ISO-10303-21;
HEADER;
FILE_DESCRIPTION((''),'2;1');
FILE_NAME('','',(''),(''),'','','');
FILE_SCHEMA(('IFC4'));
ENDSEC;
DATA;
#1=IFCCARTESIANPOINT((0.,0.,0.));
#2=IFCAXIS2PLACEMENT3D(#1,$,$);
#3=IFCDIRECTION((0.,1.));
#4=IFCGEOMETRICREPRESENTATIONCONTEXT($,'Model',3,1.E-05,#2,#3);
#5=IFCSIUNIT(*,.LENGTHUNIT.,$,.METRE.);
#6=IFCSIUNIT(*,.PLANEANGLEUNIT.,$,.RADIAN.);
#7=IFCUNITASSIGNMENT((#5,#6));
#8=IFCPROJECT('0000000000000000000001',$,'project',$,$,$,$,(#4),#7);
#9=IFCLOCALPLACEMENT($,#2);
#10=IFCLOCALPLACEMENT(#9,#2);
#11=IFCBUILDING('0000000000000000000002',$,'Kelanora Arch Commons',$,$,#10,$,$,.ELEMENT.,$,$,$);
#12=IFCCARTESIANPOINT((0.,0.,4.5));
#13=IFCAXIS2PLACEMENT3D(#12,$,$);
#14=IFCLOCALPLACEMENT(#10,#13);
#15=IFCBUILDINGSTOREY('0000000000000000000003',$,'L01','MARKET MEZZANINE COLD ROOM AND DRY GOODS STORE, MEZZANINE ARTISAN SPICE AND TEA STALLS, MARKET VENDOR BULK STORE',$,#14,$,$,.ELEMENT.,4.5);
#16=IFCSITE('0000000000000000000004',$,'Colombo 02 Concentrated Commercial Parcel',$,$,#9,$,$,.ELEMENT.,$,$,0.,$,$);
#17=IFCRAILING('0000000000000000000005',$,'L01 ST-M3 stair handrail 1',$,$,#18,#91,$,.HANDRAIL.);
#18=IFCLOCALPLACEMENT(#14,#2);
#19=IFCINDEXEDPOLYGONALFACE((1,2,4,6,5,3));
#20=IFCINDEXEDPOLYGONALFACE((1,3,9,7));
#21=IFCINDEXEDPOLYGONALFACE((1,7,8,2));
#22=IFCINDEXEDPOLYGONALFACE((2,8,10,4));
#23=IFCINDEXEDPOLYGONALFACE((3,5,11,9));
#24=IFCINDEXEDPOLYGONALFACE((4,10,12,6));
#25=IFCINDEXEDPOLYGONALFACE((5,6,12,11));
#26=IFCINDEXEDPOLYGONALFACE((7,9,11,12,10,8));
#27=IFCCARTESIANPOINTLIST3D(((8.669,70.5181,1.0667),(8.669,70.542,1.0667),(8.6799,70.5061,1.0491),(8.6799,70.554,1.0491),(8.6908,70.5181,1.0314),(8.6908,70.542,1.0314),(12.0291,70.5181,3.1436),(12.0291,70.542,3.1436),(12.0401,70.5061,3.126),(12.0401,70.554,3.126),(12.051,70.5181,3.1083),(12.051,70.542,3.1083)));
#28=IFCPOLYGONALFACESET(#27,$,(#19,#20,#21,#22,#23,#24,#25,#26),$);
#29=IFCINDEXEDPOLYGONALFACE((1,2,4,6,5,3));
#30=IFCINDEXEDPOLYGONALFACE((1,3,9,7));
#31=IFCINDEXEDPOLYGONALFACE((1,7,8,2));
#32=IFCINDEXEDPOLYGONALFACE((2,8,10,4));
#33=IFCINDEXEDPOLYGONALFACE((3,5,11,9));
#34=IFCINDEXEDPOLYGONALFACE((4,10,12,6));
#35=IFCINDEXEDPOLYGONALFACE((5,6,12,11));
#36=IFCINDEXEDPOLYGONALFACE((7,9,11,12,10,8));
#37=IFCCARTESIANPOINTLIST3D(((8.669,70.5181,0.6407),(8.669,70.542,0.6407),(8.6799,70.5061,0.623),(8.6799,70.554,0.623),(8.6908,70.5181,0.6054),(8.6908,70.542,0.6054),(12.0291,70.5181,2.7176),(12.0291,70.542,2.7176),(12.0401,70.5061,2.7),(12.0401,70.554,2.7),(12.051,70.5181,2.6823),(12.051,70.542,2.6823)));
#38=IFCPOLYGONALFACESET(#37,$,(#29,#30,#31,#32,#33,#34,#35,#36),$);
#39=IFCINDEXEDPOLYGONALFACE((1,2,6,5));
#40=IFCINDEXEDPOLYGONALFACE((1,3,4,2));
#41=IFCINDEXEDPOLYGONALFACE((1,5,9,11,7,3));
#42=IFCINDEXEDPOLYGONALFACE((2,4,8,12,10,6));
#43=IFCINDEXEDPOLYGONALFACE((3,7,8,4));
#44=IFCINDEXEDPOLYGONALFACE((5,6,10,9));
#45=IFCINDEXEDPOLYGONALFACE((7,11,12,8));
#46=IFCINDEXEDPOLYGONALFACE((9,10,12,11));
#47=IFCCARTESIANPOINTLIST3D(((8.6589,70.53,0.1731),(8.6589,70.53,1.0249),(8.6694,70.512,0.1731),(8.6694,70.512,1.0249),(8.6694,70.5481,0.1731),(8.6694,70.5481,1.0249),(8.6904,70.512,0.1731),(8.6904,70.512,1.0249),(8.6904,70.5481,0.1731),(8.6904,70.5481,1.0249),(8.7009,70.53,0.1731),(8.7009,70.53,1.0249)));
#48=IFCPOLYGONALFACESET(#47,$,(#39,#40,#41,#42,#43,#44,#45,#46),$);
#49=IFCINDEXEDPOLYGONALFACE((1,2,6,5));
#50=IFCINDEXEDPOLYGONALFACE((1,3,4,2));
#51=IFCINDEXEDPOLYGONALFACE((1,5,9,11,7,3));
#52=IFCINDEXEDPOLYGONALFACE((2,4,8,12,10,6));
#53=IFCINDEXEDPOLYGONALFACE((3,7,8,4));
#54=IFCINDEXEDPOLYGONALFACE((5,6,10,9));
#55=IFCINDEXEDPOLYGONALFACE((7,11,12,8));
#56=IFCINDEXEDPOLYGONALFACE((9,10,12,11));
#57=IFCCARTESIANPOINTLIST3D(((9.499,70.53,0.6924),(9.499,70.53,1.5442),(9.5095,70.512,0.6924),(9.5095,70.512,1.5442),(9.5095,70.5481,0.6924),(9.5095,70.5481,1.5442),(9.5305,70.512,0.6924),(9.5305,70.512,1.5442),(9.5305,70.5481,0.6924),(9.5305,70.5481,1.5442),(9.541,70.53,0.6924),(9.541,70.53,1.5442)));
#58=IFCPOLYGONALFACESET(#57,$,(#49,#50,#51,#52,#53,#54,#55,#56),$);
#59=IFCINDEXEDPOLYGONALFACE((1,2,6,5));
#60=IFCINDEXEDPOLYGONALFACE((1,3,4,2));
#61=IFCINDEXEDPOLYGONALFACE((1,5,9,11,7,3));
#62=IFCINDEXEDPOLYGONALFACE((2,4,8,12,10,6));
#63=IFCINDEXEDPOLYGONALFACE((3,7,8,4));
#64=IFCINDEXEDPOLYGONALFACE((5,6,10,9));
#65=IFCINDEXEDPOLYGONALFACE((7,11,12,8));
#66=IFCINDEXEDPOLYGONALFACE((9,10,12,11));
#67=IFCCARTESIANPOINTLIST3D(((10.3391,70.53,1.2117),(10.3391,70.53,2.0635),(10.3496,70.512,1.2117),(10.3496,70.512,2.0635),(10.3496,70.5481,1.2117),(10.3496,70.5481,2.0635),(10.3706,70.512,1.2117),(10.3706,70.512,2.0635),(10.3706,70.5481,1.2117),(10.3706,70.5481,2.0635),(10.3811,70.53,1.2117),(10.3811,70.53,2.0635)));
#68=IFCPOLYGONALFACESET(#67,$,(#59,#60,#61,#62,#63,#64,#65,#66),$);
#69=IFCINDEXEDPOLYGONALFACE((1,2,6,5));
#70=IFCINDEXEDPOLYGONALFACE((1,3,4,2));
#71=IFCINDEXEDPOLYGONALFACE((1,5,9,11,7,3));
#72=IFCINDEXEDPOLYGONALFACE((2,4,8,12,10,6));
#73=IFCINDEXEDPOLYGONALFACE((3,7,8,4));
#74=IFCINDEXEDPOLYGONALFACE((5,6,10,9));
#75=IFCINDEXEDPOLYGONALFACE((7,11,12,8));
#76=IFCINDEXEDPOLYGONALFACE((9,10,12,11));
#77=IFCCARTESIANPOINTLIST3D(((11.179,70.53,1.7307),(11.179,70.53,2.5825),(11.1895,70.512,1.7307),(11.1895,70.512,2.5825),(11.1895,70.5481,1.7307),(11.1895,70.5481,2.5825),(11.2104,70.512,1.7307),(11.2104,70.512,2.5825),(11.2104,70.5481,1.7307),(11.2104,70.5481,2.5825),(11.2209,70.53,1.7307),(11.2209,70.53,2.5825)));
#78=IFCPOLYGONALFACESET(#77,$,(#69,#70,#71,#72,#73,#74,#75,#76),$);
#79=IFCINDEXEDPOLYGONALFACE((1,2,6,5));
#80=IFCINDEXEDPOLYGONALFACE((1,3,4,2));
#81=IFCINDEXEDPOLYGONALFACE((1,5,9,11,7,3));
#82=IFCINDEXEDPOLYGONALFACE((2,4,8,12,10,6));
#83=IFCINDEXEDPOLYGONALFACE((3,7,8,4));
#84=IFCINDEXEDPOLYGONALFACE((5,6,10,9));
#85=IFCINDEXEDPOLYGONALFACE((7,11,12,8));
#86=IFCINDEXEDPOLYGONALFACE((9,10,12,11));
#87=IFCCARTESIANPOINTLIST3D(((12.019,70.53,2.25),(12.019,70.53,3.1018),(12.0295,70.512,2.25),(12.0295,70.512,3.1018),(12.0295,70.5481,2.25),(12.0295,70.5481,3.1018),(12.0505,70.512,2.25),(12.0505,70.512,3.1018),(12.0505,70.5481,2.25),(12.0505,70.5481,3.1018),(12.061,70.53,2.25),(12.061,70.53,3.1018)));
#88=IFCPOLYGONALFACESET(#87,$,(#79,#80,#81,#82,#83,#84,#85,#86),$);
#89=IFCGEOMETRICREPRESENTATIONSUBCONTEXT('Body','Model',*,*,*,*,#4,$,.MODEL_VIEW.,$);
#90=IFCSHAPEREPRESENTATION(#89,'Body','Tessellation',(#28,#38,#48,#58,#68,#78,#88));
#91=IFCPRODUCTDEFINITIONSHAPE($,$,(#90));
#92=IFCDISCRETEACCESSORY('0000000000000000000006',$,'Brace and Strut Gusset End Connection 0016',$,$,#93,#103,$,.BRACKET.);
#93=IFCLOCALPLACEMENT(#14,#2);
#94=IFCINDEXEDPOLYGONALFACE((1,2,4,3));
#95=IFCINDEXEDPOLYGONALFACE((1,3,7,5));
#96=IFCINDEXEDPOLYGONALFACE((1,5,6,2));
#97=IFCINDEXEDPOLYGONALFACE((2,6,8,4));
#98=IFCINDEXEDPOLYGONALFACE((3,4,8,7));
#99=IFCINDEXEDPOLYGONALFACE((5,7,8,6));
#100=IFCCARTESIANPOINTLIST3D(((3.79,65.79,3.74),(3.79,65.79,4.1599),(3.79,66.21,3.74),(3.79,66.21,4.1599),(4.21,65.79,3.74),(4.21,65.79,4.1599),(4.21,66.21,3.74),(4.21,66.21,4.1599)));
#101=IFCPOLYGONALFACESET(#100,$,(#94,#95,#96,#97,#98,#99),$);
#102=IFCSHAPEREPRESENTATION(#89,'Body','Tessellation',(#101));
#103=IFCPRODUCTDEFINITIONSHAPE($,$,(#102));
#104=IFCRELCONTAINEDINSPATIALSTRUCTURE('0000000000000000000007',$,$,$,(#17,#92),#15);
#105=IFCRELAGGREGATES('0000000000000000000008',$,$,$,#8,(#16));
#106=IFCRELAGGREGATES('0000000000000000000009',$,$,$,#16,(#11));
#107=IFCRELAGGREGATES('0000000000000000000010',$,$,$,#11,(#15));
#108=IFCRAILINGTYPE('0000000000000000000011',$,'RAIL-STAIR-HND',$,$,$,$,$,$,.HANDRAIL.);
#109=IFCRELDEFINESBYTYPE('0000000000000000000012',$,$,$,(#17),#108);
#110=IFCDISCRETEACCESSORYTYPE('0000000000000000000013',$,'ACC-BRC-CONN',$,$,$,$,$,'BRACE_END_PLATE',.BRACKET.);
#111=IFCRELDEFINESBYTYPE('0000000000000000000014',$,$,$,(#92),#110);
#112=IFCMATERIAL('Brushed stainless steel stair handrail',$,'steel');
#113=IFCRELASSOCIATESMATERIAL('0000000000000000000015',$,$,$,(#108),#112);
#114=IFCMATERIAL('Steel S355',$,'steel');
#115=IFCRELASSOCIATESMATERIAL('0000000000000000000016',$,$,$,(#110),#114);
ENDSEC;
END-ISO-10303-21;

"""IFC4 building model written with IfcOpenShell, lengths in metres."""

from ifc_helpers import new_model, si_unit, direction, frame, origin, origin_2d, place, context, subcontext, project, spatial, polyline, rectangle, outline, extrude, source, transform, mapped, material, type_object, element, save


model = new_model("IFC4")

# Units and contexts
model_context = context("Model", 3, precision=1e-05, world=origin(), true_north=direction((0.0, 1.0)))
body_context = subcontext(model_context, "Body", "Model", "MODEL_VIEW")
ifc_project = project(units=[si_unit("LENGTHUNIT", "METRE"), si_unit("PLANEANGLEUNIT", "RADIAN")], contexts=[model_context])

# Site, building, storey
site_placement = place(None, origin())
site = spatial("IfcSite", under=ifc_project, at=site_placement, Name="Colombo 02 Concentrated Commercial Parcel", CompositionType="ELEMENT", RefElevation=0.0)
building_placement = place(site_placement, origin())
building = spatial("IfcBuilding", under=site, at=building_placement, Name="Kelanora Arch Commons", CompositionType="ELEMENT")
storey_placement = place(building_placement, frame((0.0, 0.0, 4.5)))
storey = spatial("IfcBuildingStorey", under=building, at=storey_placement, Name="L01", Description="MARKET MEZZANINE COLD ROOM AND DRY GOODS STORE, MEZZANINE ARTISAN SPICE AND TEA STALLS, MARKET VENDOR BULK STORE", CompositionType="ELEMENT", Elevation=4.5)

# Railing
ifc_material_1 = material(Name="Brushed stainless steel stair handrail", Category="steel")
railing_type_1 = type_object("IfcRailingType", Name="RAIL-STAIR-HND", PredefinedType="HANDRAIL", material=ifc_material_1)
railing_1_placement = place(storey_placement, frame((8.6799, 70.53, 0.1731)))
element("IfcRailing", 1, at=railing_1_placement, inside=storey, type_object=railing_type_1, Name="L01 ST-M3 stair handrail 1", PredefinedType="HANDRAIL", context=body_context, shape_type="SweptSolid", body=[
    extrude(outline(polyline([(0.0239, 0.0), (0.012, 0.0208), (-0.012, 0.0208), (-0.0239, 0.0), (-0.012, -0.0208), (0.012, -0.0208), (0.0239, 0.0)])), frame((0.0, 0.0, 0.876), z_axis=(0.850623, 0.0, 0.525776), x_axis=(0.0, 1.0, 0.0)), (0.0, 0.0, 1.0), 3.9502),
    extrude(outline(polyline([(0.0239, 0.0), (0.012, 0.0208), (-0.012, 0.0208), (-0.0239, 0.0), (-0.012, -0.0208), (0.012, -0.0208), (0.0239, 0.0)])), frame((0.0, 0.0, 0.45), z_axis=(0.850623, 0.0, 0.525776), x_axis=(0.0, 1.0, 0.0)), (0.0, 0.0, 1.0), 3.9502),
    extrude(outline(polyline([(0.021, 0.0), (0.0105, 0.0181), (-0.0105, 0.0181), (-0.021, 0.0), (-0.0105, -0.0181), (0.0105, -0.0181), (0.021, 0.0)])), origin(), (0.0, 0.0, 1.0), 0.8518),
    extrude(outline(polyline([(0.021, 0.0), (0.0105, 0.0181), (-0.0105, 0.0181), (-0.021, 0.0), (-0.0105, -0.0181), (0.0105, -0.0181), (0.021, 0.0)])), frame((0.8401, 0.0, 0.5193)), (0.0, 0.0, 1.0), 0.8518),
    extrude(outline(polyline([(0.021, 0.0), (0.0105, 0.0181), (-0.0105, 0.0181), (-0.021, 0.0), (-0.0105, -0.0181), (0.0105, -0.0181), (0.021, 0.0)])), frame((1.6802, 0.0, 1.0386)), (0.0, 0.0, 1.0), 0.8518),
    extrude(outline(polyline([(0.021, 0.0), (0.0105, 0.0181), (-0.0105, 0.0181), (-0.021, 0.0), (-0.0105, -0.0181), (0.0105, -0.0181), (0.021, 0.0)])), frame((2.52, 0.0, 1.5576)), (0.0, 0.0, 1.0), 0.8518),
    extrude(outline(polyline([(0.021, 0.0), (0.0105, 0.0181), (-0.0105, 0.0181), (-0.021, 0.0), (-0.0105, -0.0181), (0.0105, -0.0181), (0.021, 0.0)])), frame((3.3601, 0.0, 2.0769)), (0.0, 0.0, 1.0), 0.8518),
])

# Discrete accessory
ifc_material_2 = material(Name="Steel S355", Category="steel")
discrete_accessory_type = type_object("IfcDiscreteAccessoryType", Name="ACC-BRC-CONN", ElementType="BRACE_END_PLATE", PredefinedType="BRACKET", material=ifc_material_2)
shared_shape = source(origin(), body_context, "Body", "SweptSolid", [
    extrude(rectangle(XDim=0.4199, YDim=0.4199, at=origin_2d()), origin(), (0.0, 0.0, 1.0), 0.4199),
])
discrete_accessory_placement = place(storey_placement, frame((4.0, 66.0, 3.74), z_axis=(0.0, 0.0, 1.0), x_axis=(0.0, 1.0, 0.0)))
element("IfcDiscreteAccessory", 2, at=discrete_accessory_placement, inside=storey, type_object=discrete_accessory_type, Name="Brace and Strut Gusset End Connection 0016", PredefinedType="BRACKET", context=body_context, shape_type="MappedRepresentation", body=[
    mapped(shared_shape, transform((0.0, 0.0, 0.0), scale=1.0)),
])

save(model, "model.ifc")
